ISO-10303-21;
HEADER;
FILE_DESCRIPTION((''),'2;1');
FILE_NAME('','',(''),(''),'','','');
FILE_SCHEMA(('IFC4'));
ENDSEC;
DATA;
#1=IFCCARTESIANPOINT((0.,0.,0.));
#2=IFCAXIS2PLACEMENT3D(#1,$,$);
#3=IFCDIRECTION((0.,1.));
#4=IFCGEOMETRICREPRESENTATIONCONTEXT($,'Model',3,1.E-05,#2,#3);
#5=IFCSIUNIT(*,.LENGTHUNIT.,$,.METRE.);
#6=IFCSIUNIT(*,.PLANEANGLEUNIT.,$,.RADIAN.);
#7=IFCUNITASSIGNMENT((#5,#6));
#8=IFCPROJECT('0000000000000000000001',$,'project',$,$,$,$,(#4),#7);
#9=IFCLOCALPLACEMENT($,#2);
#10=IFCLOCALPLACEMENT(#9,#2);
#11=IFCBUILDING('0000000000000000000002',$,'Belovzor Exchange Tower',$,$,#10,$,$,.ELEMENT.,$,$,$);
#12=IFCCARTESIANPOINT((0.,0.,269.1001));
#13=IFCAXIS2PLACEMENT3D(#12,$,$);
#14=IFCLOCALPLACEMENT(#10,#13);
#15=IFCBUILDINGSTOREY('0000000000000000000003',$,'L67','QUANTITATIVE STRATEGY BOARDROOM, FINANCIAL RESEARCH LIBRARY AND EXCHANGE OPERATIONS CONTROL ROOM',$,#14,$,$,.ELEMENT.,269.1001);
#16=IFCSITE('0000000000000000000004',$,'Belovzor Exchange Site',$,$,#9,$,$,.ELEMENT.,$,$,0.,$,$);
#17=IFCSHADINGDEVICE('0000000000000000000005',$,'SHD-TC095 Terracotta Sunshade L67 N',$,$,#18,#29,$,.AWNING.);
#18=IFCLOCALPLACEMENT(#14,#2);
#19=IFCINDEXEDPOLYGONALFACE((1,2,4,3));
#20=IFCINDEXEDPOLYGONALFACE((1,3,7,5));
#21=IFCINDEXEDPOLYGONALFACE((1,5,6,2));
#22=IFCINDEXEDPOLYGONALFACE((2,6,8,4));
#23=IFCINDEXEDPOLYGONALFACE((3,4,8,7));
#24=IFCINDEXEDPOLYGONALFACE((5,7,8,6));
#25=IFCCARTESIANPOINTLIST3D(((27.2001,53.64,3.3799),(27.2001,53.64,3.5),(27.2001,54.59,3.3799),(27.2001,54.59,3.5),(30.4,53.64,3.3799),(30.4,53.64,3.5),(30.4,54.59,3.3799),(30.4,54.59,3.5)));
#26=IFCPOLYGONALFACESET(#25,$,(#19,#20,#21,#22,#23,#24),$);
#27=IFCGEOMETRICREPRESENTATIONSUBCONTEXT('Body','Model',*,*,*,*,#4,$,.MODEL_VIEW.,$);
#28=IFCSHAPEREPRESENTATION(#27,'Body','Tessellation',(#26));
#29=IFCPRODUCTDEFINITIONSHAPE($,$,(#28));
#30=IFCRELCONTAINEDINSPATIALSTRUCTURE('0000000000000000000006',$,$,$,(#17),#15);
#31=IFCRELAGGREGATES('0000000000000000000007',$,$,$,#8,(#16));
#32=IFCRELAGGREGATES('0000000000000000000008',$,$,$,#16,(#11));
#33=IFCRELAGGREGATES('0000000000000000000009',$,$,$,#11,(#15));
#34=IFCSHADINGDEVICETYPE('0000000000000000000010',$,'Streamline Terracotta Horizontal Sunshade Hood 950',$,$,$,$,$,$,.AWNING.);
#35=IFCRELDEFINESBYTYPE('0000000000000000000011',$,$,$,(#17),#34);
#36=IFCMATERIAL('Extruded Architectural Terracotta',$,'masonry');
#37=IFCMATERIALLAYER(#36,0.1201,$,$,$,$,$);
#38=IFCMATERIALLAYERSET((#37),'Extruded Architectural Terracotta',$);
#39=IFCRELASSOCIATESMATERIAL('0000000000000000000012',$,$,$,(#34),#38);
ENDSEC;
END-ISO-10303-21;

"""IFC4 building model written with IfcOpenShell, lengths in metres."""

from ifc_helpers import new_model, si_unit, direction, frame, origin, origin_2d, place, context, subcontext, project, spatial, rectangle, extrude, material, layer, layer_set, type_object, element, save


model = new_model("IFC4")

# Units and contexts
model_context = context("Model", 3, precision=1e-05, world=origin(), true_north=direction((0.0, 1.0)))
body_context = subcontext(model_context, "Body", "Model", "MODEL_VIEW")
ifc_project = project(units=[si_unit("LENGTHUNIT", "METRE"), si_unit("PLANEANGLEUNIT", "RADIAN")], contexts=[model_context])

# Site, building, storey
site_placement = place(None, origin())
site = spatial("IfcSite", under=ifc_project, at=site_placement, Name="Belovzor Exchange Site", CompositionType="ELEMENT", RefElevation=0.0)
building_placement = place(site_placement, origin())
building = spatial("IfcBuilding", under=site, at=building_placement, Name="Belovzor Exchange Tower", CompositionType="ELEMENT")
storey_placement = place(building_placement, frame((0.0, 0.0, 269.1001)))
storey = spatial("IfcBuildingStorey", under=building, at=storey_placement, Name="L67", Description="QUANTITATIVE STRATEGY BOARDROOM, FINANCIAL RESEARCH LIBRARY AND EXCHANGE OPERATIONS CONTROL ROOM", CompositionType="ELEMENT", Elevation=269.1001)

# Shading device
ifc_material_1 = material(Name="Extruded Architectural Terracotta", Category="masonry")
ifc_layer_1 = layer(ifc_material_1, 0.1201)
ifc_layer_set_1 = layer_set([ifc_layer_1], Name="Extruded Architectural Terracotta")
shading_device_type = type_object("IfcShadingDeviceType", Name="Streamline Terracotta Horizontal Sunshade Hood 950", PredefinedType="AWNING", material=ifc_layer_set_1)
shading_device_placement = place(storey_placement, frame((28.8, 54.115, 3.3799), z_axis=(0.0, 0.0, 1.0), x_axis=(1.0, 0.0, 0.0)))
element("IfcShadingDevice", 1, at=shading_device_placement, inside=storey, type_object=shading_device_type, Name="SHD-TC095 Terracotta Sunshade L67 N", PredefinedType="AWNING", context=body_context, shape_type="SweptSolid", body=[
    extrude(rectangle(XDim=3.2, YDim=0.95, at=origin_2d()), origin(), (0.0, 0.0, 1.0), 0.1201),
])

save(model, "model.ifc")
